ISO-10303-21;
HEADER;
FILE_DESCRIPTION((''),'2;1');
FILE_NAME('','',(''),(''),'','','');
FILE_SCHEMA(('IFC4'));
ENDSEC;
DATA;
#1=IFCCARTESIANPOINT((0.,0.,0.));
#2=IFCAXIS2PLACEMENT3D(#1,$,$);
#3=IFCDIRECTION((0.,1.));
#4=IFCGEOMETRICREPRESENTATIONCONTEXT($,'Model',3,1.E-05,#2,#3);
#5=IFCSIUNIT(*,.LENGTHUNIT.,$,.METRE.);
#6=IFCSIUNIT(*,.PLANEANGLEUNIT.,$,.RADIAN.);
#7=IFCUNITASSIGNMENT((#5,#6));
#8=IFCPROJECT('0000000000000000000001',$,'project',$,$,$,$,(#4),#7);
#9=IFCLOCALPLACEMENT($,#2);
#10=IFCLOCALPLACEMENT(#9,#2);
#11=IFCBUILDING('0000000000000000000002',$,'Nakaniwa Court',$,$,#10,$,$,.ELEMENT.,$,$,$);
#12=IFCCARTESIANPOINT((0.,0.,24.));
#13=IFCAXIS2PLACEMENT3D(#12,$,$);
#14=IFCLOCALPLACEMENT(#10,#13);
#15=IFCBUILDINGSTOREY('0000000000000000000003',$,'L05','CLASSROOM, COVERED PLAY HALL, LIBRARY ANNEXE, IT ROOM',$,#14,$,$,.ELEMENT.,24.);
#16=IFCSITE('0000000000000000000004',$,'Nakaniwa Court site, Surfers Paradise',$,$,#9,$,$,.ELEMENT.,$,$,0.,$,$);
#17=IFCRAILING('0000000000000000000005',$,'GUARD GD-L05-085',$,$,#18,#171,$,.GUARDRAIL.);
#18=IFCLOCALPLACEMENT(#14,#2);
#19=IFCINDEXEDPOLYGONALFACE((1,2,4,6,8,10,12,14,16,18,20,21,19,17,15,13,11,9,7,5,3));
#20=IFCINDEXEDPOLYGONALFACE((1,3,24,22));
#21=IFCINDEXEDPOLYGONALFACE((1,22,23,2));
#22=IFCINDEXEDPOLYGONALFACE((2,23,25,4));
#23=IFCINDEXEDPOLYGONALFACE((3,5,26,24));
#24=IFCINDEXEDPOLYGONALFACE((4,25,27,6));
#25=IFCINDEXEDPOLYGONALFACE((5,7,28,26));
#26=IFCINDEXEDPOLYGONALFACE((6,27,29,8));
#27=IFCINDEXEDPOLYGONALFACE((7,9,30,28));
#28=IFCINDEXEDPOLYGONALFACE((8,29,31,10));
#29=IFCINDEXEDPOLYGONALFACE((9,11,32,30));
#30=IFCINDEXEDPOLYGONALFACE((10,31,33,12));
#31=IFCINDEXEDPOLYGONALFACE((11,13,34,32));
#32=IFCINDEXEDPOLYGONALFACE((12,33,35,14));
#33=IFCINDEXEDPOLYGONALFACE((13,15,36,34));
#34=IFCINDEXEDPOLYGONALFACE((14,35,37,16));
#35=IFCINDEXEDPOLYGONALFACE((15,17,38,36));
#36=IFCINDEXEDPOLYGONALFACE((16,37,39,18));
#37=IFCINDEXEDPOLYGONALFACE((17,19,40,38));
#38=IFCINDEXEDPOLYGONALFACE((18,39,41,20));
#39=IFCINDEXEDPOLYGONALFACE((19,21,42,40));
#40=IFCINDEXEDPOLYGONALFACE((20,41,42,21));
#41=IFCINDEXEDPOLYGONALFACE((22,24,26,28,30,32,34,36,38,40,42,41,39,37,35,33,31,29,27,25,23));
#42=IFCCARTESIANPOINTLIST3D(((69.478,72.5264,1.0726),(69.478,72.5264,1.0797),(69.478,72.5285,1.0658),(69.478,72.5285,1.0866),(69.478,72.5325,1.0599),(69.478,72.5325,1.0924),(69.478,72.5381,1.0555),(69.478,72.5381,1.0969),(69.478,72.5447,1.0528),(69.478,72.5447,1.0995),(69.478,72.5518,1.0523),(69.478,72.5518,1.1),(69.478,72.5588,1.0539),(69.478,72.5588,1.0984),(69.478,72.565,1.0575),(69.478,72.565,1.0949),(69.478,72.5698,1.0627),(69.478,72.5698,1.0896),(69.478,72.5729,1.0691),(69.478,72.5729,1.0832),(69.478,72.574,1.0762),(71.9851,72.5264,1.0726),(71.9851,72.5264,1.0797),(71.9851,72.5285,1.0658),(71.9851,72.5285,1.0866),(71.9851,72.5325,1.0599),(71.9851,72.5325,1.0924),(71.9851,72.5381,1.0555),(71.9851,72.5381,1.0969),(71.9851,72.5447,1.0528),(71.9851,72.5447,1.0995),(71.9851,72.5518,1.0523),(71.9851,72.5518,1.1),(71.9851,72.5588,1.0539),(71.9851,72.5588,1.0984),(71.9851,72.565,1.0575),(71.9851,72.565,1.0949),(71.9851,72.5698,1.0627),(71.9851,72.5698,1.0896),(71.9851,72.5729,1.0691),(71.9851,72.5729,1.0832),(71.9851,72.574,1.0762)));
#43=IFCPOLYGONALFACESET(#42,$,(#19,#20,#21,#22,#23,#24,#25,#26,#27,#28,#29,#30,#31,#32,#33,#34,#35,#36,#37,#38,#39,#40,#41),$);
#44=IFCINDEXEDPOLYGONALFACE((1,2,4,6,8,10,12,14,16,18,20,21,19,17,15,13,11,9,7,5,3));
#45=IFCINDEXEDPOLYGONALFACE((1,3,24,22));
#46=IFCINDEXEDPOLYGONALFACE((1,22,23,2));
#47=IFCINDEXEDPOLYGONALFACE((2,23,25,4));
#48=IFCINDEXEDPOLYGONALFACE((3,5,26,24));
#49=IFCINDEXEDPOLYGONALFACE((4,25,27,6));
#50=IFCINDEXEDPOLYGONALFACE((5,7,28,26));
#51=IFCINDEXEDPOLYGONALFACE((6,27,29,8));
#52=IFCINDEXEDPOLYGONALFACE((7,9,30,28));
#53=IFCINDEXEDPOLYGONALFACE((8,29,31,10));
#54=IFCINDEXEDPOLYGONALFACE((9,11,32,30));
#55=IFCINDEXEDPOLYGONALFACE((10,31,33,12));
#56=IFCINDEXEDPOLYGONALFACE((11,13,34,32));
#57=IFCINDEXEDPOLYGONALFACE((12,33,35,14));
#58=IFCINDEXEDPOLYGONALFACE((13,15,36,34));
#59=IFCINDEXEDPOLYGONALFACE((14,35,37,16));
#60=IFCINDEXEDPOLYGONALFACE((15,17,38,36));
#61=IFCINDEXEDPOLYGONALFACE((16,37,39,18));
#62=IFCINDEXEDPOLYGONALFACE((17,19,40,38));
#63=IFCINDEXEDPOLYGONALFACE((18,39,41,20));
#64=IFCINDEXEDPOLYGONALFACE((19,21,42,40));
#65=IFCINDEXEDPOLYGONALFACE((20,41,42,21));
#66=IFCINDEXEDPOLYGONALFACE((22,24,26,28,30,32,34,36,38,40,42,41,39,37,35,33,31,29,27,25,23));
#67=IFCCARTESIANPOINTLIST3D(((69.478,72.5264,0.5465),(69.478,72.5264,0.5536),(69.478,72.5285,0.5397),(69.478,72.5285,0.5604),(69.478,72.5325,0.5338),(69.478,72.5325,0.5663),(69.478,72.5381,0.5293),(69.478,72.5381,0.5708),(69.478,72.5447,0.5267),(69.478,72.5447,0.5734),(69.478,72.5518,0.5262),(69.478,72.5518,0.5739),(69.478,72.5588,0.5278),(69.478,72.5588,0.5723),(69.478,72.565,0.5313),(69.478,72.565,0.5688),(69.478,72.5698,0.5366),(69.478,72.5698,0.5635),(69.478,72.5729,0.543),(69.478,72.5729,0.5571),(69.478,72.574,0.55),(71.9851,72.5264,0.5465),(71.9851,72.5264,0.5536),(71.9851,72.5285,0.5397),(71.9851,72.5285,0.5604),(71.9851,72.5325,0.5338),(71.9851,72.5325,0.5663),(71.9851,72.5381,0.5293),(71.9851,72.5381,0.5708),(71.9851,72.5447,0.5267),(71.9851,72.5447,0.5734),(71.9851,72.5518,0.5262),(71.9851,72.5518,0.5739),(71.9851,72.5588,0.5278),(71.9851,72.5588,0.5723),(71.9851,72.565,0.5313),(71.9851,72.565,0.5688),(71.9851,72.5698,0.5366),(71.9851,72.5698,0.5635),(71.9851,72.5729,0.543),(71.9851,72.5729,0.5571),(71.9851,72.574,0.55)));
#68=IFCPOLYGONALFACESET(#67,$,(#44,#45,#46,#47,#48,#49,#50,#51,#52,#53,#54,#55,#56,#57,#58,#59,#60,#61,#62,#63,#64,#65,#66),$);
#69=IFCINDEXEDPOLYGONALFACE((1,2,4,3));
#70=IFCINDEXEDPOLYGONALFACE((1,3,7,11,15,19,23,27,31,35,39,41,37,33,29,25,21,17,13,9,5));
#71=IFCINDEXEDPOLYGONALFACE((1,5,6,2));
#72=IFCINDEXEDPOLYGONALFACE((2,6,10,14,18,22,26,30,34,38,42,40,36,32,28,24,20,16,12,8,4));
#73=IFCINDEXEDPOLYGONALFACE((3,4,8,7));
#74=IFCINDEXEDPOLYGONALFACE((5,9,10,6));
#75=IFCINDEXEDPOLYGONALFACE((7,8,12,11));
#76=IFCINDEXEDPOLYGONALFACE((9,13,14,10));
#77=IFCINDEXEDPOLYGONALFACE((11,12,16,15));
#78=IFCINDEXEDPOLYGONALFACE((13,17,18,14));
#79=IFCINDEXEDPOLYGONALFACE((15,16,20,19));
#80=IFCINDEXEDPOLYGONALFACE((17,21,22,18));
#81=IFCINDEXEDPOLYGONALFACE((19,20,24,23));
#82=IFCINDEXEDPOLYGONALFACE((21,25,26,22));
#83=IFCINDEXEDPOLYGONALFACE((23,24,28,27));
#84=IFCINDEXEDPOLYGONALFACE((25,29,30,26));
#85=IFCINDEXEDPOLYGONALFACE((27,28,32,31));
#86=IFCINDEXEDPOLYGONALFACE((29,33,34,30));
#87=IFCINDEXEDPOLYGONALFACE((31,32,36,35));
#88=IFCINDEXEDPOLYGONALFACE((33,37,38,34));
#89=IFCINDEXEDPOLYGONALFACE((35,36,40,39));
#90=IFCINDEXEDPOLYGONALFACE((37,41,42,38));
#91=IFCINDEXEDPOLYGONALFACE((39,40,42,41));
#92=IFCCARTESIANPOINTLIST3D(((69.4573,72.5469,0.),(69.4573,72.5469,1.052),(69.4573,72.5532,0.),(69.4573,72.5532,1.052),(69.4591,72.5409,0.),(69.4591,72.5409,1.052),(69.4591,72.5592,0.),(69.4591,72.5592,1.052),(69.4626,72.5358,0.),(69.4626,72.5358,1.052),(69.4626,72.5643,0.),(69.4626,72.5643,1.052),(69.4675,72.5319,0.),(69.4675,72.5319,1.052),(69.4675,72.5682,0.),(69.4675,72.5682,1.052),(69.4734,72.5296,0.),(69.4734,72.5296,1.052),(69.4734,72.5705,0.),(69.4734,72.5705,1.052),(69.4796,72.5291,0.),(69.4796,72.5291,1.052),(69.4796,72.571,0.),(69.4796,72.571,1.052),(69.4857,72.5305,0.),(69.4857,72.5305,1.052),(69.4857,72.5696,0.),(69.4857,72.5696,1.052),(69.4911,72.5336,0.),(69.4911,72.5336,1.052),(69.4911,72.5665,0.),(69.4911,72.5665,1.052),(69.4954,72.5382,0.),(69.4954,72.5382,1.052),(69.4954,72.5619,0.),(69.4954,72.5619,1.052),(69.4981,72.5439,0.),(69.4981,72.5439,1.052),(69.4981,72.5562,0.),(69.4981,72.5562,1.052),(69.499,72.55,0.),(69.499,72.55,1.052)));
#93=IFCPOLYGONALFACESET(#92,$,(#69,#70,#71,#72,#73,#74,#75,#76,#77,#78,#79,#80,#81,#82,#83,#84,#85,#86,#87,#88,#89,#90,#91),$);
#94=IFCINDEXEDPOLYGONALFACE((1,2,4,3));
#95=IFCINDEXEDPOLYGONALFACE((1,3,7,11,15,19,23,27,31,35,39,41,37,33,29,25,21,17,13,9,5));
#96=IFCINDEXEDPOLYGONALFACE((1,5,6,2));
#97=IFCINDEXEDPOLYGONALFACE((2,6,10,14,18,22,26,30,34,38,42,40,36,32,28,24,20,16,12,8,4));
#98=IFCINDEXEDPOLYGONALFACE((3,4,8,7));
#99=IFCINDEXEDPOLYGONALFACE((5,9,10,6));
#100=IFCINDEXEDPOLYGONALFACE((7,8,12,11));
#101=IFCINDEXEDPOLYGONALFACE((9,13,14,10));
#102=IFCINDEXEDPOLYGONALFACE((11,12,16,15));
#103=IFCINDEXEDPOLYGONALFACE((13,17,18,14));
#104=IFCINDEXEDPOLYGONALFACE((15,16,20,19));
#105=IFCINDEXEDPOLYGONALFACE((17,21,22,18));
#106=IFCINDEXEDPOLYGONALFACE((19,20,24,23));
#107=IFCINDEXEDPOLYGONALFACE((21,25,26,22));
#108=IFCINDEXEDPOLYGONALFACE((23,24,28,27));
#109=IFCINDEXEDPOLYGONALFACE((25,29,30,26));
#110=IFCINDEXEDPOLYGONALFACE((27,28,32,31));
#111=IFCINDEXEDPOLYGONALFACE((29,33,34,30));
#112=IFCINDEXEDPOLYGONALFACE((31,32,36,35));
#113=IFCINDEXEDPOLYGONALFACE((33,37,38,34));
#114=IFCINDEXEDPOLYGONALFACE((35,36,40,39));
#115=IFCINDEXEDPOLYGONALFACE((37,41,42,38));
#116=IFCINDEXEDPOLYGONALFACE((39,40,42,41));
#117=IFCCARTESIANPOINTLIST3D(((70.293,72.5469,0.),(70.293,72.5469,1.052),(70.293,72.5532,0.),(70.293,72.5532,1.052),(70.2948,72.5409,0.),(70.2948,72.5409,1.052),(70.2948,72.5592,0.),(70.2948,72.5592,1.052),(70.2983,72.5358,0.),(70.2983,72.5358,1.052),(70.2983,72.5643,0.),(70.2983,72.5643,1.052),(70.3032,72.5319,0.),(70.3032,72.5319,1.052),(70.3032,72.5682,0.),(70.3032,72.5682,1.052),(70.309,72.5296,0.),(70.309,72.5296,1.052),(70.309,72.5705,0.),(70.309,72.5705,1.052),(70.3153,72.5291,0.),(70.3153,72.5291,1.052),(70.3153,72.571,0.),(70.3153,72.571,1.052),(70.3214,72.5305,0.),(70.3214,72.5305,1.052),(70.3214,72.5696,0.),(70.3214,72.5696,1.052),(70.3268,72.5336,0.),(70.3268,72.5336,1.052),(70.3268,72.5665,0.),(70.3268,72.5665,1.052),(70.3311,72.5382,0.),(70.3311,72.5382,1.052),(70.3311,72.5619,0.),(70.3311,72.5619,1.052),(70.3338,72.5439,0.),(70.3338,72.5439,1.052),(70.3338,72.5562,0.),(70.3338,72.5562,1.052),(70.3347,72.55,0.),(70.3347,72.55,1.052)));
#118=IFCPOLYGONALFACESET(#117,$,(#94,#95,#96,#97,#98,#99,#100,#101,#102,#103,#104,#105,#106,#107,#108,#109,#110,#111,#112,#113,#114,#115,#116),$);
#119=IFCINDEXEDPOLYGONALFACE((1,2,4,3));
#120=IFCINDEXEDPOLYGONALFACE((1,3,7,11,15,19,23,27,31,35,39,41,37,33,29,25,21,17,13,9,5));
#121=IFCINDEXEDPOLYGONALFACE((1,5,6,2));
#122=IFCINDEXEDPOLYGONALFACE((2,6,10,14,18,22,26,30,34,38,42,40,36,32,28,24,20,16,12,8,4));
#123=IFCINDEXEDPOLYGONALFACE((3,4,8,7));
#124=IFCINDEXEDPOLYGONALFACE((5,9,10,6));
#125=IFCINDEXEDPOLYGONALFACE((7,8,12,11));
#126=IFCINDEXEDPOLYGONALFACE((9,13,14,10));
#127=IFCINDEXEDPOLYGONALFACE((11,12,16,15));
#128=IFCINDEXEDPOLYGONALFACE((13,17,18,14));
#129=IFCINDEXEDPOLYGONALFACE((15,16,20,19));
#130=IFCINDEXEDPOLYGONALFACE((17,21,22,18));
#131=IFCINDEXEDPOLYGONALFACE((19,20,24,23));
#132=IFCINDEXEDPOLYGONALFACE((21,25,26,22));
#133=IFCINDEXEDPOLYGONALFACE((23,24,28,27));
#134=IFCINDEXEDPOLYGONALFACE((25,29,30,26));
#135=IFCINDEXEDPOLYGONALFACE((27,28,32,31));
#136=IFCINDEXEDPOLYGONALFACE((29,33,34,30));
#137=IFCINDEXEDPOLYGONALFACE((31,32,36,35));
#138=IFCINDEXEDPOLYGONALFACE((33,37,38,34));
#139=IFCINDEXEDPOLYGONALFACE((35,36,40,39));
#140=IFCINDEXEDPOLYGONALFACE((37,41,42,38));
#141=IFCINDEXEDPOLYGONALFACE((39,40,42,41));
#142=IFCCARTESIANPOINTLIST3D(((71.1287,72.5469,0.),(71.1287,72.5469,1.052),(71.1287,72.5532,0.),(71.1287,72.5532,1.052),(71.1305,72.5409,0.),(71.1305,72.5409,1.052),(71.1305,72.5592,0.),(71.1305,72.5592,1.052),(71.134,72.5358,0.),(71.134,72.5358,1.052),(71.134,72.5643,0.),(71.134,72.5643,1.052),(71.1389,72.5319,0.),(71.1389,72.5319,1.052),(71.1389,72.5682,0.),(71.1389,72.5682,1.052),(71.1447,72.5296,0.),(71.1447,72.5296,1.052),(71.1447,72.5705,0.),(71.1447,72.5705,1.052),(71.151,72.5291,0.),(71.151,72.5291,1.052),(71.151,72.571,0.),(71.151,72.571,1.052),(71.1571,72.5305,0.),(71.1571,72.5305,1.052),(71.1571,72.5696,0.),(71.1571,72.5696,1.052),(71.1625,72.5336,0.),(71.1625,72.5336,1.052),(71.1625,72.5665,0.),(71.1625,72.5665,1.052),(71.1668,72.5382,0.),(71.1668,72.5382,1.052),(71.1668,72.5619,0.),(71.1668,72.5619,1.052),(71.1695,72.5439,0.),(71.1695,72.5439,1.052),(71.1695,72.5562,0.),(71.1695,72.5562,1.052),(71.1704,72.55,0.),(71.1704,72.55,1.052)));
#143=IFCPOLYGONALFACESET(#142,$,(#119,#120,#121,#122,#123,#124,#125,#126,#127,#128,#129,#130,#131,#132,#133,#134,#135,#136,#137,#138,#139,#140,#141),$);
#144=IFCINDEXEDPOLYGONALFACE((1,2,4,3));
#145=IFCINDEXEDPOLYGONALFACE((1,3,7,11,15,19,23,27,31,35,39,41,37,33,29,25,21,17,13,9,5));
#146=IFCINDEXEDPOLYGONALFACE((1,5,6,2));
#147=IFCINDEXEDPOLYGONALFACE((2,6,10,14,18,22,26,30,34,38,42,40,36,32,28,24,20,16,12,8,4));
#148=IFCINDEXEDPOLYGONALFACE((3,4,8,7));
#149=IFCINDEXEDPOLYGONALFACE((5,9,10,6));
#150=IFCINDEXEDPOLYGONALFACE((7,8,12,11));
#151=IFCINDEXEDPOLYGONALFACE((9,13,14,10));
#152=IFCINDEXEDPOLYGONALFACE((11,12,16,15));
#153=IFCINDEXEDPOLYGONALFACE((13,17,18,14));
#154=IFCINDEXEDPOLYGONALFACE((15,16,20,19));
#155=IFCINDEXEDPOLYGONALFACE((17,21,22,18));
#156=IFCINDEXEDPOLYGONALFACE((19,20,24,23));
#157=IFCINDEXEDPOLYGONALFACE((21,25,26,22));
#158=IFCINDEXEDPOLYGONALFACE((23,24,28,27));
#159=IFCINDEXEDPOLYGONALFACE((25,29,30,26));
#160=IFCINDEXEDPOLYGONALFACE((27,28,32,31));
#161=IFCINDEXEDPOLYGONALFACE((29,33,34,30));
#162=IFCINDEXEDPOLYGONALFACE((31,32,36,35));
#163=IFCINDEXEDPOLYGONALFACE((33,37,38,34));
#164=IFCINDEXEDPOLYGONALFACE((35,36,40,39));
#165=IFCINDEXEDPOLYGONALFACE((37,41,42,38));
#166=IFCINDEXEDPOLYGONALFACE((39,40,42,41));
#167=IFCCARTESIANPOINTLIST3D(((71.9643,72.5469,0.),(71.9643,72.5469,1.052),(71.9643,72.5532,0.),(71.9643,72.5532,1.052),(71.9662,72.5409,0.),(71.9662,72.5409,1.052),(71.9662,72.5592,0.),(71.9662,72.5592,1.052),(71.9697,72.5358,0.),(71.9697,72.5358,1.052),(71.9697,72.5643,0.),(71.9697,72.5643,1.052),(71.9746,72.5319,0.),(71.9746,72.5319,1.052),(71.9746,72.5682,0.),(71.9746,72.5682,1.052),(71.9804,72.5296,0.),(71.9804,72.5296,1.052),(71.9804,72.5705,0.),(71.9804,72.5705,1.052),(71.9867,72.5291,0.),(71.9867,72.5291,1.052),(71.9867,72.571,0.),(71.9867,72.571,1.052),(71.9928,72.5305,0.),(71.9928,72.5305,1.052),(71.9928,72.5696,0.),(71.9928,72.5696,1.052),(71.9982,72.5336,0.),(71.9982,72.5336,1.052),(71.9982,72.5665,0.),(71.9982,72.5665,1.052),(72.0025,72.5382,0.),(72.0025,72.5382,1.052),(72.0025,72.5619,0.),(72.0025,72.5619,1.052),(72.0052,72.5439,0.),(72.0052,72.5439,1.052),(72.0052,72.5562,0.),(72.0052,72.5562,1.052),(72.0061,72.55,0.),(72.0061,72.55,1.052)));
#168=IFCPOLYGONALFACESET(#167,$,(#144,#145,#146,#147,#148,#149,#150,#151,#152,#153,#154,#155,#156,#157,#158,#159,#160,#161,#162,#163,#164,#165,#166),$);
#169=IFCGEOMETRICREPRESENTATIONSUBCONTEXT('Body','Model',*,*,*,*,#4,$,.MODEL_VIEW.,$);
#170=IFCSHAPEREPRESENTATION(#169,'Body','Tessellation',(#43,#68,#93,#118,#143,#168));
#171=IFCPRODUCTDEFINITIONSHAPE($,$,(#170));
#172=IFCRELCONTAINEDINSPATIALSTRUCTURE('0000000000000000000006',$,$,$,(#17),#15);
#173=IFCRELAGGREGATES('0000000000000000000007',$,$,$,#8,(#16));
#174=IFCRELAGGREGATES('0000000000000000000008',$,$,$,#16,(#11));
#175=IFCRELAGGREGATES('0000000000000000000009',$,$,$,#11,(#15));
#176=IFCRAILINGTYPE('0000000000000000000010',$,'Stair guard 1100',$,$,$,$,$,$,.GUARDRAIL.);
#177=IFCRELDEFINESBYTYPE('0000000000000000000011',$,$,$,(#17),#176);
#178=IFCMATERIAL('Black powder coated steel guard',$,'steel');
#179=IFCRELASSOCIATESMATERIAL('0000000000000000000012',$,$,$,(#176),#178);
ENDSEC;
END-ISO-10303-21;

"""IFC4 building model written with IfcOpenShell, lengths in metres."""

from ifc_helpers import new_model, si_unit, direction, frame, origin, origin_2d, place, context, subcontext, project, spatial, circle, extrude, material, type_object, element, save


model = new_model("IFC4")

# Units and contexts
model_context = context("Model", 3, precision=1e-05, world=origin(), true_north=direction((0.0, 1.0)))
body_context = subcontext(model_context, "Body", "Model", "MODEL_VIEW")
ifc_project = project(units=[si_unit("LENGTHUNIT", "METRE"), si_unit("PLANEANGLEUNIT", "RADIAN")], contexts=[model_context])

# Site, building, storey
site_placement = place(None, origin())
site = spatial("IfcSite", under=ifc_project, at=site_placement, Name="Nakaniwa Court site, Surfers Paradise", CompositionType="ELEMENT", RefElevation=0.0)
building_placement = place(site_placement, origin())
building = spatial("IfcBuilding", under=site, at=building_placement, Name="Nakaniwa Court", CompositionType="ELEMENT")
storey_placement = place(building_placement, frame((0.0, 0.0, 24.0)))
storey = spatial("IfcBuildingStorey", under=building, at=storey_placement, Name="L05", Description="CLASSROOM, COVERED PLAY HALL, LIBRARY ANNEXE, IT ROOM", CompositionType="ELEMENT", Elevation=24.0)

# Railing
ifc_material_1 = material(Name="Black powder coated steel guard", Category="steel")
railing_type = type_object("IfcRailingType", Name="Stair guard 1100", PredefinedType="GUARDRAIL", material=ifc_material_1)
railing_1_placement = place(storey_placement, frame((69.478, 72.55, 0.0)))
element("IfcRailing", 1, at=railing_1_placement, inside=storey, type_object=railing_type, Name="GUARD GD-L05-085", PredefinedType="GUARDRAIL", context=body_context, shape_type="SweptSolid", body=[
    extrude(circle(Radius=0.0239, at=origin_2d()), frame((0.0, 0.0, 1.0762), z_axis=(1.0, 0.0, 0.0), x_axis=(0.0, 1.0, 0.0)), (0.0, 0.0, 1.0), 2.5071),
    extrude(circle(Radius=0.0239, at=origin_2d()), frame((0.0, 0.0, 0.55), z_axis=(1.0, 0.0, 0.0), x_axis=(0.0, 1.0, 0.0)), (0.0, 0.0, 1.0), 2.5071),
    extrude(circle(Radius=0.021, at=origin_2d()), origin(), (0.0, 0.0, 1.0), 1.052),
    extrude(circle(Radius=0.021, at=origin_2d()), frame((0.8357, 0.0, 0.0)), (0.0, 0.0, 1.0), 1.052),
    extrude(circle(Radius=0.021, at=origin_2d()), frame((1.6714, 0.0, 0.0)), (0.0, 0.0, 1.0), 1.052),
    extrude(circle(Radius=0.021, at=origin_2d()), frame((2.5071, 0.0, 0.0)), (0.0, 0.0, 1.0), 1.052),
])

save(model, "model.ifc")
